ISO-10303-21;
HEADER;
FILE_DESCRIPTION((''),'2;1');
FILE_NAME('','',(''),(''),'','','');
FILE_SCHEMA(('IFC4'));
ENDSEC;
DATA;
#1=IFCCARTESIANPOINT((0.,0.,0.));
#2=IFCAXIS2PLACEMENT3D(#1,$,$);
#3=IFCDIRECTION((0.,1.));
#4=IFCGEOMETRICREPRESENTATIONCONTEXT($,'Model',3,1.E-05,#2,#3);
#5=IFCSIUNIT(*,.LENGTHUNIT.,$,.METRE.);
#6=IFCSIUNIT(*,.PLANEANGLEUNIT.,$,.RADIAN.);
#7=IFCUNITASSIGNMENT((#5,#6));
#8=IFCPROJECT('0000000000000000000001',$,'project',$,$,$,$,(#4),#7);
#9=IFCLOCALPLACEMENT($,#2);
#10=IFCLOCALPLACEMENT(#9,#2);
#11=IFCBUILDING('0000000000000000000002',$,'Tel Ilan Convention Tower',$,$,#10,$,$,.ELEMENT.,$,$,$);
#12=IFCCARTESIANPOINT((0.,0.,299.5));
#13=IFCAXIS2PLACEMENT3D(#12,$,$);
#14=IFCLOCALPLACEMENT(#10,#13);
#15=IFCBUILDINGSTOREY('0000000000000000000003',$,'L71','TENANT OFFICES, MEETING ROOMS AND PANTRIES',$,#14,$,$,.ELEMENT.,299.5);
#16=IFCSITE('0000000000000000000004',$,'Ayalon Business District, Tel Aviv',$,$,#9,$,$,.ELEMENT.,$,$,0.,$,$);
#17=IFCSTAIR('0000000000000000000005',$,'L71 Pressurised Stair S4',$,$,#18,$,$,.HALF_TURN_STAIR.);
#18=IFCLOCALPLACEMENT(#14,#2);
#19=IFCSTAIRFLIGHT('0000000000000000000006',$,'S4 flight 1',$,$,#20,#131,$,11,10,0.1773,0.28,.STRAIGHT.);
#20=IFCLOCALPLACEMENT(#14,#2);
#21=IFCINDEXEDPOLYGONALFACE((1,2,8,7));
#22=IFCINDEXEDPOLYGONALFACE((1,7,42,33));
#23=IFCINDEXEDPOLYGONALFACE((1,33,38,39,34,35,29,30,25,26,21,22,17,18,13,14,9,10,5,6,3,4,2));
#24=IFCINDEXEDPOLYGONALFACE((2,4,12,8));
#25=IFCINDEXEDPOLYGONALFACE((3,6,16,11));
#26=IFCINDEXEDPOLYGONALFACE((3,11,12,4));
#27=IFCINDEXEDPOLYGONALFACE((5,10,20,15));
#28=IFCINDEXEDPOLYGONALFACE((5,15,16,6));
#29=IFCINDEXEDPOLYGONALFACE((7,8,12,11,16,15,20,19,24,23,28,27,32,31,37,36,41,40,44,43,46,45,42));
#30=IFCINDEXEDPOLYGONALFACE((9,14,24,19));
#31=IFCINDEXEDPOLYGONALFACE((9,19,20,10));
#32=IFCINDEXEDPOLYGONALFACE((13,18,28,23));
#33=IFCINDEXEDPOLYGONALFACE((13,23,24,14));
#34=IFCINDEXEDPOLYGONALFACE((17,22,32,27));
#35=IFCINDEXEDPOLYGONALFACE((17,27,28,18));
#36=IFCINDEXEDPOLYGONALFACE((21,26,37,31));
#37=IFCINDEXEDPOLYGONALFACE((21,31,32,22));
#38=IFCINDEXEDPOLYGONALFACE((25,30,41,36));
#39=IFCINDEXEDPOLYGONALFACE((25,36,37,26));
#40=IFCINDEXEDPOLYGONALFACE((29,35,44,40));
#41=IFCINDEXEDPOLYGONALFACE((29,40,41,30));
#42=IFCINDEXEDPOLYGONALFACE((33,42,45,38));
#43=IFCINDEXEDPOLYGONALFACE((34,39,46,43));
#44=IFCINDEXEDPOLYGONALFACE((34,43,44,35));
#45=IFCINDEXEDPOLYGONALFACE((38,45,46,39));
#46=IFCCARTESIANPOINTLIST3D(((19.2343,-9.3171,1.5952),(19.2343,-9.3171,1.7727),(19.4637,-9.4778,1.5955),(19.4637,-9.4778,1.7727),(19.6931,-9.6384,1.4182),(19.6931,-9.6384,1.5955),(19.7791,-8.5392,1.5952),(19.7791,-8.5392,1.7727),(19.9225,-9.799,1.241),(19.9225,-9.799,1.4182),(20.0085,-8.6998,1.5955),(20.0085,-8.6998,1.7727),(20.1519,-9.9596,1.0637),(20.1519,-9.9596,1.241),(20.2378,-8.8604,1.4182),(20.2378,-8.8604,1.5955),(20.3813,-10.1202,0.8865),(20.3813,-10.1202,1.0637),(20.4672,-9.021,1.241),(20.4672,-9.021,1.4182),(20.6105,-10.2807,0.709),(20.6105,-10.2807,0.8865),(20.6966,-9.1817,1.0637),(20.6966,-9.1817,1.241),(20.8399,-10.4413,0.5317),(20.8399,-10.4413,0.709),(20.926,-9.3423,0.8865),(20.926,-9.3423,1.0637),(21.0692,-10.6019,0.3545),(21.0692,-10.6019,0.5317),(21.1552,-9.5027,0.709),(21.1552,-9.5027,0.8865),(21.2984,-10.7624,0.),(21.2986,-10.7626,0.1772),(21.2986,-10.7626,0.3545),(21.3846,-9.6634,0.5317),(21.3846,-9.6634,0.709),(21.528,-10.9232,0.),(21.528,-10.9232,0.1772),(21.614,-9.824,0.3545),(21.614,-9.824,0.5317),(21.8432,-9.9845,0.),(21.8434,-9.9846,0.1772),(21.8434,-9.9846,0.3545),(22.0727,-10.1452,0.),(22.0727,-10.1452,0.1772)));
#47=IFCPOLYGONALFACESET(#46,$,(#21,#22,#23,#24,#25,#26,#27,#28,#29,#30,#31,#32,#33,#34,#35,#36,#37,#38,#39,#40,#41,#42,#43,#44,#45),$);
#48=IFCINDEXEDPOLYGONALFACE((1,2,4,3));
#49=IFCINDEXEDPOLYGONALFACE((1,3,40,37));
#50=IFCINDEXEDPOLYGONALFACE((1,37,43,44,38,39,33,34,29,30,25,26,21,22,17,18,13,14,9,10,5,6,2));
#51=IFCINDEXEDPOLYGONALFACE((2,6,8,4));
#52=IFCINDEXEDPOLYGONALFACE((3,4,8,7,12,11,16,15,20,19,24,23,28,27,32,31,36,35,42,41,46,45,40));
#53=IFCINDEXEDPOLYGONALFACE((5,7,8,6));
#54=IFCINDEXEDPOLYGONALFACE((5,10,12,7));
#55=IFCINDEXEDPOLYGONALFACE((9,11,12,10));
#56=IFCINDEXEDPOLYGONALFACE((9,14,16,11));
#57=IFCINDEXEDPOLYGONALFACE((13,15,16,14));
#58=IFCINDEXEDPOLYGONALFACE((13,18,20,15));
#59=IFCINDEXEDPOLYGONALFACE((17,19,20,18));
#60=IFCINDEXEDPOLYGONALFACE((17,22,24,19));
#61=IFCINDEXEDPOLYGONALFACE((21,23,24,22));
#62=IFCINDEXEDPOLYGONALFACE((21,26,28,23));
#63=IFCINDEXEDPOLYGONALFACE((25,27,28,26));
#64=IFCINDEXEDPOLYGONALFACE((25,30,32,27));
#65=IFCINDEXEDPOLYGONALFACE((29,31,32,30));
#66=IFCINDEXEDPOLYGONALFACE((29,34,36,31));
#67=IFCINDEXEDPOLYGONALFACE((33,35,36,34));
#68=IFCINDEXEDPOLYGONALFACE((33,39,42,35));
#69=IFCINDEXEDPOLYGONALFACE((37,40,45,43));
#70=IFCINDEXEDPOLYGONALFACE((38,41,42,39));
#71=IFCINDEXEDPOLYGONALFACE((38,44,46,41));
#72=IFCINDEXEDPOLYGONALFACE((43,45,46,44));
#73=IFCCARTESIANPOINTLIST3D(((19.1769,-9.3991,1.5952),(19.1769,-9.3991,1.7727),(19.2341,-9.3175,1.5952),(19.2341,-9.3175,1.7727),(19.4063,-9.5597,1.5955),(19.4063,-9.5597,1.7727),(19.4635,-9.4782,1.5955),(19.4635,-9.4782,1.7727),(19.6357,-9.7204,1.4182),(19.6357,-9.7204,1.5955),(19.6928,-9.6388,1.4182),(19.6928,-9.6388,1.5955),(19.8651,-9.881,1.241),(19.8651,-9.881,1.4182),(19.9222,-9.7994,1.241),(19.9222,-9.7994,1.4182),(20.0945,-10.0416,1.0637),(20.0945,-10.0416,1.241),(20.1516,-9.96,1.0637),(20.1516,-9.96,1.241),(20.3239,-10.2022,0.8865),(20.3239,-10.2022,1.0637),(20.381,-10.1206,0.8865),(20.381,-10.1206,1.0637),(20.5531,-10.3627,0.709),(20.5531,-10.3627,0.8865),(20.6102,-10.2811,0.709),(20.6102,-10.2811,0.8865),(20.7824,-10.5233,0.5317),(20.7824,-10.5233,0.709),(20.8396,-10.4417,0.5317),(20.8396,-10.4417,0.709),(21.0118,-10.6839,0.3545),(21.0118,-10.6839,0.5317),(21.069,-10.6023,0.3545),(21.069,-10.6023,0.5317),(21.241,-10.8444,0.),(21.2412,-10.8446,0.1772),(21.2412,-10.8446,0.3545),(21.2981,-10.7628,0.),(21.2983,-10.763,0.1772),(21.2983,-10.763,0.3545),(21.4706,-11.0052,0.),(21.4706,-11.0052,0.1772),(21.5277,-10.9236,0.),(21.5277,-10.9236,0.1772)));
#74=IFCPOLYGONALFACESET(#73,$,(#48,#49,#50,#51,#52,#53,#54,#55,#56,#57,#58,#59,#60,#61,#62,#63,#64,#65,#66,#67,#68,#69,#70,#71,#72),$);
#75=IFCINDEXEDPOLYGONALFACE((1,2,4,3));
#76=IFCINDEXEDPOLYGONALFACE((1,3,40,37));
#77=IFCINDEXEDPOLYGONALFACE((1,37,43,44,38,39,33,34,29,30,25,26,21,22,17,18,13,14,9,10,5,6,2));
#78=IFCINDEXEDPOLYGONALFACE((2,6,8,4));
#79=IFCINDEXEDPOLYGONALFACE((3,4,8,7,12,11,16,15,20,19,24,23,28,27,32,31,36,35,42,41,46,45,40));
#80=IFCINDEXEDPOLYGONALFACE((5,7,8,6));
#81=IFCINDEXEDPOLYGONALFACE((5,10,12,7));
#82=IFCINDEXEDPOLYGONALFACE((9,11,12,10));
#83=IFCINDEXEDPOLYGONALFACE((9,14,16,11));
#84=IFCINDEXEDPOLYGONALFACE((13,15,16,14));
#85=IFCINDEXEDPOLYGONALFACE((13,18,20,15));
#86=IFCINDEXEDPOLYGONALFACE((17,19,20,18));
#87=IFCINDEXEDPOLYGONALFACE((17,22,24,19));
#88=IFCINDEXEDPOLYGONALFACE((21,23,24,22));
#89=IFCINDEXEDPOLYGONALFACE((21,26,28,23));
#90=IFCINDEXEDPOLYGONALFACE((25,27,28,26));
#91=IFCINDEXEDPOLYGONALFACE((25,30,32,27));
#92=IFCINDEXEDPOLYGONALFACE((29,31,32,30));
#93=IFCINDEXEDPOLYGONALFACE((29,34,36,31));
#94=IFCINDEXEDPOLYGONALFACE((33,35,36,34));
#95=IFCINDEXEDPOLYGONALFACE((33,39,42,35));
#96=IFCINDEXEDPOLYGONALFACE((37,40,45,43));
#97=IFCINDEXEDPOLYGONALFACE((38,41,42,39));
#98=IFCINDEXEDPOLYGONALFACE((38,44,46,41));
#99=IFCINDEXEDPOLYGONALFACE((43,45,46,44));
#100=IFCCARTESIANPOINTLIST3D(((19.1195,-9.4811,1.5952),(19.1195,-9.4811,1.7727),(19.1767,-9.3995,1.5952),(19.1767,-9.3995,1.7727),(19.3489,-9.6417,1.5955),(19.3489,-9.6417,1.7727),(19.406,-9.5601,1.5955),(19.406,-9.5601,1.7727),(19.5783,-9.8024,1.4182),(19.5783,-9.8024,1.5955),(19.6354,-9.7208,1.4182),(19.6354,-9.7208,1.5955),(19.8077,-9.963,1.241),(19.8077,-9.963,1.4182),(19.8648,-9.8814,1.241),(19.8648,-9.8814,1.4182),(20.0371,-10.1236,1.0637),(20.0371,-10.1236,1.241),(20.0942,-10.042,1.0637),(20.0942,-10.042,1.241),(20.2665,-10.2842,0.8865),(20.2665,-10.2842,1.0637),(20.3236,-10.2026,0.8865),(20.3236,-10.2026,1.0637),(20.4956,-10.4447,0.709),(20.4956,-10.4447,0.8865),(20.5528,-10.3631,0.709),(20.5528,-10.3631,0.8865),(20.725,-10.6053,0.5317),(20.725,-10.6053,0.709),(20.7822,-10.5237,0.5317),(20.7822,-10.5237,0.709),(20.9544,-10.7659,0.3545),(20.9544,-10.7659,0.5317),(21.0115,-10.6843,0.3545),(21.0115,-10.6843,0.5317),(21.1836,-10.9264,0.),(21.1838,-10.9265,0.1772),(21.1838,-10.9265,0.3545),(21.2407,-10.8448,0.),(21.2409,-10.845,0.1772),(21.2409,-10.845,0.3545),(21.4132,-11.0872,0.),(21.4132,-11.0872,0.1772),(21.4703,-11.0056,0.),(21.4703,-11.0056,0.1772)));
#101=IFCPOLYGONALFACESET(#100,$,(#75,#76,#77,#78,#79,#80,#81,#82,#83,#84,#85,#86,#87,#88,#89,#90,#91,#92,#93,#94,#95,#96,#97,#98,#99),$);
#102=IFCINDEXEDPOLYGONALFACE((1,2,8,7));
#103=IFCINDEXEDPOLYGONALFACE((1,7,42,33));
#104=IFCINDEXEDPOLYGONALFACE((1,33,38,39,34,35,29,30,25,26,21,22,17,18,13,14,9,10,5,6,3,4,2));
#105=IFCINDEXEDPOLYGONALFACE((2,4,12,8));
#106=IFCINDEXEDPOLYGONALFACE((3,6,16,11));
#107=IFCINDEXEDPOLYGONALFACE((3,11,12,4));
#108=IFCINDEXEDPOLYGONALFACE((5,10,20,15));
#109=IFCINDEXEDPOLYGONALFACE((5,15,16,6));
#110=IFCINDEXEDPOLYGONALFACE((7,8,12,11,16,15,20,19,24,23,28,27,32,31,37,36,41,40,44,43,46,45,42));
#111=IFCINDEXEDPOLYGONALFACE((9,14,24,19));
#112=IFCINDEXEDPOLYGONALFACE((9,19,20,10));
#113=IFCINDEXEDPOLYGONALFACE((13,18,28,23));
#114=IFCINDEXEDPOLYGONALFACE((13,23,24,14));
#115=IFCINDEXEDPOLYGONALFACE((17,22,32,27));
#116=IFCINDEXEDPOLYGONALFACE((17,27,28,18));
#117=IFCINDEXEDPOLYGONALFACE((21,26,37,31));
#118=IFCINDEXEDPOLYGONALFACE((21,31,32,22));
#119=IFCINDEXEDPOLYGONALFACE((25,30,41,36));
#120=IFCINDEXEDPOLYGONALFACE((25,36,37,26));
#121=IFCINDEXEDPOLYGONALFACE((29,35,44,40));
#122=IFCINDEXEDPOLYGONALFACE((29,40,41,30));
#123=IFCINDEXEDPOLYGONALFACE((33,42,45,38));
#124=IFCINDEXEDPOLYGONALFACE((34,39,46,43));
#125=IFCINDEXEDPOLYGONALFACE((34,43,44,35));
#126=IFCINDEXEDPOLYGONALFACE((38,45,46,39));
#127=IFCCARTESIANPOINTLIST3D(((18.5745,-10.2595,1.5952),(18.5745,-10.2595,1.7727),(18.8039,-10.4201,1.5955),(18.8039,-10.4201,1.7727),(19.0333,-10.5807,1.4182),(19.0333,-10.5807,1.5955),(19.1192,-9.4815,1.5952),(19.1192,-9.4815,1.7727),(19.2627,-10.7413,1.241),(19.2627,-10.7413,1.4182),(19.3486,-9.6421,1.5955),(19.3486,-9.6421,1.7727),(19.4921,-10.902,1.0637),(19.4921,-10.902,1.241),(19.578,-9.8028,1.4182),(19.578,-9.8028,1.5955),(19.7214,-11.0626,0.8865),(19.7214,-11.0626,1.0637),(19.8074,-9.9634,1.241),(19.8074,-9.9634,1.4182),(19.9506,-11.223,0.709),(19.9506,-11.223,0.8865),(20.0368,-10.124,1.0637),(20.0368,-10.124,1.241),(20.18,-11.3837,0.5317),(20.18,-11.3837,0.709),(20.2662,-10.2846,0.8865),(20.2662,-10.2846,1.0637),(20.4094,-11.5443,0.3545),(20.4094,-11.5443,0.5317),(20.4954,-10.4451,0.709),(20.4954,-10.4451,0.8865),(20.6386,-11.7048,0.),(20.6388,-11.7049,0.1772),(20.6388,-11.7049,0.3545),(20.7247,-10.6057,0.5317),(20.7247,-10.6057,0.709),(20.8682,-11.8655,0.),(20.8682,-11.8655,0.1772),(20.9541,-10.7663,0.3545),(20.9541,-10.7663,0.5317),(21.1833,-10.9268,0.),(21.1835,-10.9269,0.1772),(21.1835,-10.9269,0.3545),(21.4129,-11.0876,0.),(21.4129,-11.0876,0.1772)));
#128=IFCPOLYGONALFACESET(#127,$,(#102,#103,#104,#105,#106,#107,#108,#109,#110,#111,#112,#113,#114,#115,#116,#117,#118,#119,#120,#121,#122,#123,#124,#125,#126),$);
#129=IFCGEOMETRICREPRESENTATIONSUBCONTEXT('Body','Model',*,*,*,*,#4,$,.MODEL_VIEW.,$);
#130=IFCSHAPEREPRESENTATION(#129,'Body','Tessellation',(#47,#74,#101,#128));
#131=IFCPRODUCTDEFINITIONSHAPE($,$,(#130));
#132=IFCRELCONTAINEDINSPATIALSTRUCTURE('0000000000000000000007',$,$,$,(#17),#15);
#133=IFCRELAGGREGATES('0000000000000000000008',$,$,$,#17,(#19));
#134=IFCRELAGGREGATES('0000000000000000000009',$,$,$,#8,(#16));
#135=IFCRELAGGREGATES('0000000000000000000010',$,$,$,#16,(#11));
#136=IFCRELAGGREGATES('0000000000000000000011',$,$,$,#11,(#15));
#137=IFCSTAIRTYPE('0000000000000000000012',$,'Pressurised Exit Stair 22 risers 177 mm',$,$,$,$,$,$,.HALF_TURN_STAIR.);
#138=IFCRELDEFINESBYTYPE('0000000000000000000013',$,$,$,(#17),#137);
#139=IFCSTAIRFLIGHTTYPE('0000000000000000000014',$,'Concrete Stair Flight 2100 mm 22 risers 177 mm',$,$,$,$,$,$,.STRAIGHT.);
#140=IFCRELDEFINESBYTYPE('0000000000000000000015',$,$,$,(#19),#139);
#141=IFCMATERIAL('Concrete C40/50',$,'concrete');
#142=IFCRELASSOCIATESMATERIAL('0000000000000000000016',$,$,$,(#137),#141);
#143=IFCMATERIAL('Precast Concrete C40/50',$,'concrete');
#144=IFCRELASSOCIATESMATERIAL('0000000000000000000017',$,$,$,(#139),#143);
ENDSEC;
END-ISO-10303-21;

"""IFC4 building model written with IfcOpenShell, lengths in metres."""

from ifc_helpers import new_model, si_unit, direction, frame, origin, place, context, subcontext, project, spatial, polyline, outline, extrude, material, type_object, element, aggregate, save


model = new_model("IFC4")

# Units and contexts
model_context = context("Model", 3, precision=1e-05, world=origin(), true_north=direction((0.0, 1.0)))
body_context = subcontext(model_context, "Body", "Model", "MODEL_VIEW")
ifc_project = project(units=[si_unit("LENGTHUNIT", "METRE"), si_unit("PLANEANGLEUNIT", "RADIAN")], contexts=[model_context])

# Site, building, storey
site_placement = place(None, origin())
site = spatial("IfcSite", under=ifc_project, at=site_placement, Name="Ayalon Business District, Tel Aviv", CompositionType="ELEMENT", RefElevation=0.0)
building_placement = place(site_placement, origin())
building = spatial("IfcBuilding", under=site, at=building_placement, Name="Tel Ilan Convention Tower", CompositionType="ELEMENT")
storey_placement = place(building_placement, frame((0.0, 0.0, 299.5)))
storey = spatial("IfcBuildingStorey", under=building, at=storey_placement, Name="L71", Description="TENANT OFFICES, MEETING ROOMS AND PANTRIES", CompositionType="ELEMENT", Elevation=299.5)

# Shared definitions
ifc_material_1 = material(Name="Concrete C40/50", Category="concrete")
stair_type = type_object("IfcStairType", Name="Pressurised Exit Stair 22 risers 177 mm", PredefinedType="HALF_TURN_STAIR", material=ifc_material_1)
ifc_material_2 = material(Name="Precast Concrete C40/50", Category="concrete")
stair_flight_type = type_object("IfcStairFlightType", Name="Concrete Stair Flight 2100 mm 22 risers 177 mm", PredefinedType="STRAIGHT", material=ifc_material_2)

# Stair, stair flight
stair_1_placement = place(storey_placement, origin())
stair_1 = element("IfcStair", 1, at=stair_1_placement, inside=storey, type_object=stair_type, Name="L71 Pressurised Stair S4", PredefinedType="HALF_TURN_STAIR")
stair_flight_1_placement = place(storey_placement, frame((21.4705, -11.0054, 0.0), z_axis=(0.0, 0.0, 1.0), x_axis=(-0.819152, 0.573576, 0.0)))
stair_flight_1 = element("IfcStairFlight", 2, at=stair_flight_1_placement, type_object=stair_flight_type, Name="S4 flight 1", NumberOfRisers=11, NumberOfTreads=10, PredefinedType="STRAIGHT", RiserHeight=0.1773, TreadLength=0.28, context=body_context, shape_type="SweptSolid", body=[
    extrude(outline(polyline([(0.0, 0.0), (0.0, 0.1772), (0.28, 0.1772), (0.28, 0.3545), (0.5601, 0.3545), (0.5601, 0.5317), (0.8401, 0.5317), (0.8401, 0.709), (1.1201, 0.709), (1.1201, 0.8865), (1.3999, 0.8865), (1.3999, 1.0637), (1.6799, 1.0637), (1.6799, 1.241), (1.96, 1.241), (1.96, 1.4182), (2.24, 1.4182), (2.24, 1.5955), (2.52, 1.5955), (2.52, 1.7727), (2.8, 1.7727), (2.8, 1.95), (2.8, 1.5952), (0.2803, 0.0), (0.0, 0.0)])), frame((0.0, -0.1003, 0.0), z_axis=(0.0, -1.0, 0.0), x_axis=(1.0, 0.0, 0.0)), (0.0, 0.0, 1.0), 0.9497),
    extrude(outline(polyline([(0.0, 0.0), (0.0, 0.1772), (0.28, 0.1772), (0.28, 0.3545), (0.5601, 0.3545), (0.5601, 0.5317), (0.8401, 0.5317), (0.8401, 0.709), (1.1201, 0.709), (1.1201, 0.8865), (1.3999, 0.8865), (1.3999, 1.0637), (1.6799, 1.0637), (1.6799, 1.241), (1.96, 1.241), (1.96, 1.4182), (2.24, 1.4182), (2.24, 1.5955), (2.52, 1.5955), (2.52, 1.7727), (2.8, 1.7727), (2.8, 1.95), (2.8, 1.5952), (0.2803, 0.0), (0.0, 0.0)])), frame((0.0, -0.0002, 0.0), z_axis=(0.0, -1.0, 0.0), x_axis=(1.0, 0.0, 0.0)), (0.0, 0.0, 1.0), 0.0996),
    extrude(outline(polyline([(0.0, 0.0), (0.0, 0.1772), (0.28, 0.1772), (0.28, 0.3545), (0.5601, 0.3545), (0.5601, 0.5317), (0.8401, 0.5317), (0.8401, 0.709), (1.1201, 0.709), (1.1201, 0.8865), (1.3999, 0.8865), (1.3999, 1.0637), (1.6799, 1.0637), (1.6799, 1.241), (1.96, 1.241), (1.96, 1.4182), (2.24, 1.4182), (2.24, 1.5955), (2.52, 1.5955), (2.52, 1.7727), (2.8, 1.7727), (2.8, 1.95), (2.8, 1.5952), (0.2803, 0.0), (0.0, 0.0)])), frame((0.0, 0.0999, 0.0), z_axis=(0.0, -1.0, 0.0), x_axis=(1.0, 0.0, 0.0)), (0.0, 0.0, 1.0), 0.0996),
    extrude(outline(polyline([(0.0, 0.0), (0.0, 0.1772), (0.28, 0.1772), (0.28, 0.3545), (0.5601, 0.3545), (0.5601, 0.5317), (0.8401, 0.5317), (0.8401, 0.709), (1.1201, 0.709), (1.1201, 0.8865), (1.3999, 0.8865), (1.3999, 1.0637), (1.6799, 1.0637), (1.6799, 1.241), (1.96, 1.241), (1.96, 1.4182), (2.24, 1.4182), (2.24, 1.5955), (2.52, 1.5955), (2.52, 1.7727), (2.8, 1.7727), (2.8, 1.95), (2.8, 1.5952), (0.2803, 0.0), (0.0, 0.0)])), frame((0.0, 1.05, 0.0), z_axis=(0.0, -1.0, 0.0), x_axis=(1.0, 0.0, 0.0)), (0.0, 0.0, 1.0), 0.9497),
])
aggregate(stair_1, [stair_flight_1])

save(model, "model.ifc")
